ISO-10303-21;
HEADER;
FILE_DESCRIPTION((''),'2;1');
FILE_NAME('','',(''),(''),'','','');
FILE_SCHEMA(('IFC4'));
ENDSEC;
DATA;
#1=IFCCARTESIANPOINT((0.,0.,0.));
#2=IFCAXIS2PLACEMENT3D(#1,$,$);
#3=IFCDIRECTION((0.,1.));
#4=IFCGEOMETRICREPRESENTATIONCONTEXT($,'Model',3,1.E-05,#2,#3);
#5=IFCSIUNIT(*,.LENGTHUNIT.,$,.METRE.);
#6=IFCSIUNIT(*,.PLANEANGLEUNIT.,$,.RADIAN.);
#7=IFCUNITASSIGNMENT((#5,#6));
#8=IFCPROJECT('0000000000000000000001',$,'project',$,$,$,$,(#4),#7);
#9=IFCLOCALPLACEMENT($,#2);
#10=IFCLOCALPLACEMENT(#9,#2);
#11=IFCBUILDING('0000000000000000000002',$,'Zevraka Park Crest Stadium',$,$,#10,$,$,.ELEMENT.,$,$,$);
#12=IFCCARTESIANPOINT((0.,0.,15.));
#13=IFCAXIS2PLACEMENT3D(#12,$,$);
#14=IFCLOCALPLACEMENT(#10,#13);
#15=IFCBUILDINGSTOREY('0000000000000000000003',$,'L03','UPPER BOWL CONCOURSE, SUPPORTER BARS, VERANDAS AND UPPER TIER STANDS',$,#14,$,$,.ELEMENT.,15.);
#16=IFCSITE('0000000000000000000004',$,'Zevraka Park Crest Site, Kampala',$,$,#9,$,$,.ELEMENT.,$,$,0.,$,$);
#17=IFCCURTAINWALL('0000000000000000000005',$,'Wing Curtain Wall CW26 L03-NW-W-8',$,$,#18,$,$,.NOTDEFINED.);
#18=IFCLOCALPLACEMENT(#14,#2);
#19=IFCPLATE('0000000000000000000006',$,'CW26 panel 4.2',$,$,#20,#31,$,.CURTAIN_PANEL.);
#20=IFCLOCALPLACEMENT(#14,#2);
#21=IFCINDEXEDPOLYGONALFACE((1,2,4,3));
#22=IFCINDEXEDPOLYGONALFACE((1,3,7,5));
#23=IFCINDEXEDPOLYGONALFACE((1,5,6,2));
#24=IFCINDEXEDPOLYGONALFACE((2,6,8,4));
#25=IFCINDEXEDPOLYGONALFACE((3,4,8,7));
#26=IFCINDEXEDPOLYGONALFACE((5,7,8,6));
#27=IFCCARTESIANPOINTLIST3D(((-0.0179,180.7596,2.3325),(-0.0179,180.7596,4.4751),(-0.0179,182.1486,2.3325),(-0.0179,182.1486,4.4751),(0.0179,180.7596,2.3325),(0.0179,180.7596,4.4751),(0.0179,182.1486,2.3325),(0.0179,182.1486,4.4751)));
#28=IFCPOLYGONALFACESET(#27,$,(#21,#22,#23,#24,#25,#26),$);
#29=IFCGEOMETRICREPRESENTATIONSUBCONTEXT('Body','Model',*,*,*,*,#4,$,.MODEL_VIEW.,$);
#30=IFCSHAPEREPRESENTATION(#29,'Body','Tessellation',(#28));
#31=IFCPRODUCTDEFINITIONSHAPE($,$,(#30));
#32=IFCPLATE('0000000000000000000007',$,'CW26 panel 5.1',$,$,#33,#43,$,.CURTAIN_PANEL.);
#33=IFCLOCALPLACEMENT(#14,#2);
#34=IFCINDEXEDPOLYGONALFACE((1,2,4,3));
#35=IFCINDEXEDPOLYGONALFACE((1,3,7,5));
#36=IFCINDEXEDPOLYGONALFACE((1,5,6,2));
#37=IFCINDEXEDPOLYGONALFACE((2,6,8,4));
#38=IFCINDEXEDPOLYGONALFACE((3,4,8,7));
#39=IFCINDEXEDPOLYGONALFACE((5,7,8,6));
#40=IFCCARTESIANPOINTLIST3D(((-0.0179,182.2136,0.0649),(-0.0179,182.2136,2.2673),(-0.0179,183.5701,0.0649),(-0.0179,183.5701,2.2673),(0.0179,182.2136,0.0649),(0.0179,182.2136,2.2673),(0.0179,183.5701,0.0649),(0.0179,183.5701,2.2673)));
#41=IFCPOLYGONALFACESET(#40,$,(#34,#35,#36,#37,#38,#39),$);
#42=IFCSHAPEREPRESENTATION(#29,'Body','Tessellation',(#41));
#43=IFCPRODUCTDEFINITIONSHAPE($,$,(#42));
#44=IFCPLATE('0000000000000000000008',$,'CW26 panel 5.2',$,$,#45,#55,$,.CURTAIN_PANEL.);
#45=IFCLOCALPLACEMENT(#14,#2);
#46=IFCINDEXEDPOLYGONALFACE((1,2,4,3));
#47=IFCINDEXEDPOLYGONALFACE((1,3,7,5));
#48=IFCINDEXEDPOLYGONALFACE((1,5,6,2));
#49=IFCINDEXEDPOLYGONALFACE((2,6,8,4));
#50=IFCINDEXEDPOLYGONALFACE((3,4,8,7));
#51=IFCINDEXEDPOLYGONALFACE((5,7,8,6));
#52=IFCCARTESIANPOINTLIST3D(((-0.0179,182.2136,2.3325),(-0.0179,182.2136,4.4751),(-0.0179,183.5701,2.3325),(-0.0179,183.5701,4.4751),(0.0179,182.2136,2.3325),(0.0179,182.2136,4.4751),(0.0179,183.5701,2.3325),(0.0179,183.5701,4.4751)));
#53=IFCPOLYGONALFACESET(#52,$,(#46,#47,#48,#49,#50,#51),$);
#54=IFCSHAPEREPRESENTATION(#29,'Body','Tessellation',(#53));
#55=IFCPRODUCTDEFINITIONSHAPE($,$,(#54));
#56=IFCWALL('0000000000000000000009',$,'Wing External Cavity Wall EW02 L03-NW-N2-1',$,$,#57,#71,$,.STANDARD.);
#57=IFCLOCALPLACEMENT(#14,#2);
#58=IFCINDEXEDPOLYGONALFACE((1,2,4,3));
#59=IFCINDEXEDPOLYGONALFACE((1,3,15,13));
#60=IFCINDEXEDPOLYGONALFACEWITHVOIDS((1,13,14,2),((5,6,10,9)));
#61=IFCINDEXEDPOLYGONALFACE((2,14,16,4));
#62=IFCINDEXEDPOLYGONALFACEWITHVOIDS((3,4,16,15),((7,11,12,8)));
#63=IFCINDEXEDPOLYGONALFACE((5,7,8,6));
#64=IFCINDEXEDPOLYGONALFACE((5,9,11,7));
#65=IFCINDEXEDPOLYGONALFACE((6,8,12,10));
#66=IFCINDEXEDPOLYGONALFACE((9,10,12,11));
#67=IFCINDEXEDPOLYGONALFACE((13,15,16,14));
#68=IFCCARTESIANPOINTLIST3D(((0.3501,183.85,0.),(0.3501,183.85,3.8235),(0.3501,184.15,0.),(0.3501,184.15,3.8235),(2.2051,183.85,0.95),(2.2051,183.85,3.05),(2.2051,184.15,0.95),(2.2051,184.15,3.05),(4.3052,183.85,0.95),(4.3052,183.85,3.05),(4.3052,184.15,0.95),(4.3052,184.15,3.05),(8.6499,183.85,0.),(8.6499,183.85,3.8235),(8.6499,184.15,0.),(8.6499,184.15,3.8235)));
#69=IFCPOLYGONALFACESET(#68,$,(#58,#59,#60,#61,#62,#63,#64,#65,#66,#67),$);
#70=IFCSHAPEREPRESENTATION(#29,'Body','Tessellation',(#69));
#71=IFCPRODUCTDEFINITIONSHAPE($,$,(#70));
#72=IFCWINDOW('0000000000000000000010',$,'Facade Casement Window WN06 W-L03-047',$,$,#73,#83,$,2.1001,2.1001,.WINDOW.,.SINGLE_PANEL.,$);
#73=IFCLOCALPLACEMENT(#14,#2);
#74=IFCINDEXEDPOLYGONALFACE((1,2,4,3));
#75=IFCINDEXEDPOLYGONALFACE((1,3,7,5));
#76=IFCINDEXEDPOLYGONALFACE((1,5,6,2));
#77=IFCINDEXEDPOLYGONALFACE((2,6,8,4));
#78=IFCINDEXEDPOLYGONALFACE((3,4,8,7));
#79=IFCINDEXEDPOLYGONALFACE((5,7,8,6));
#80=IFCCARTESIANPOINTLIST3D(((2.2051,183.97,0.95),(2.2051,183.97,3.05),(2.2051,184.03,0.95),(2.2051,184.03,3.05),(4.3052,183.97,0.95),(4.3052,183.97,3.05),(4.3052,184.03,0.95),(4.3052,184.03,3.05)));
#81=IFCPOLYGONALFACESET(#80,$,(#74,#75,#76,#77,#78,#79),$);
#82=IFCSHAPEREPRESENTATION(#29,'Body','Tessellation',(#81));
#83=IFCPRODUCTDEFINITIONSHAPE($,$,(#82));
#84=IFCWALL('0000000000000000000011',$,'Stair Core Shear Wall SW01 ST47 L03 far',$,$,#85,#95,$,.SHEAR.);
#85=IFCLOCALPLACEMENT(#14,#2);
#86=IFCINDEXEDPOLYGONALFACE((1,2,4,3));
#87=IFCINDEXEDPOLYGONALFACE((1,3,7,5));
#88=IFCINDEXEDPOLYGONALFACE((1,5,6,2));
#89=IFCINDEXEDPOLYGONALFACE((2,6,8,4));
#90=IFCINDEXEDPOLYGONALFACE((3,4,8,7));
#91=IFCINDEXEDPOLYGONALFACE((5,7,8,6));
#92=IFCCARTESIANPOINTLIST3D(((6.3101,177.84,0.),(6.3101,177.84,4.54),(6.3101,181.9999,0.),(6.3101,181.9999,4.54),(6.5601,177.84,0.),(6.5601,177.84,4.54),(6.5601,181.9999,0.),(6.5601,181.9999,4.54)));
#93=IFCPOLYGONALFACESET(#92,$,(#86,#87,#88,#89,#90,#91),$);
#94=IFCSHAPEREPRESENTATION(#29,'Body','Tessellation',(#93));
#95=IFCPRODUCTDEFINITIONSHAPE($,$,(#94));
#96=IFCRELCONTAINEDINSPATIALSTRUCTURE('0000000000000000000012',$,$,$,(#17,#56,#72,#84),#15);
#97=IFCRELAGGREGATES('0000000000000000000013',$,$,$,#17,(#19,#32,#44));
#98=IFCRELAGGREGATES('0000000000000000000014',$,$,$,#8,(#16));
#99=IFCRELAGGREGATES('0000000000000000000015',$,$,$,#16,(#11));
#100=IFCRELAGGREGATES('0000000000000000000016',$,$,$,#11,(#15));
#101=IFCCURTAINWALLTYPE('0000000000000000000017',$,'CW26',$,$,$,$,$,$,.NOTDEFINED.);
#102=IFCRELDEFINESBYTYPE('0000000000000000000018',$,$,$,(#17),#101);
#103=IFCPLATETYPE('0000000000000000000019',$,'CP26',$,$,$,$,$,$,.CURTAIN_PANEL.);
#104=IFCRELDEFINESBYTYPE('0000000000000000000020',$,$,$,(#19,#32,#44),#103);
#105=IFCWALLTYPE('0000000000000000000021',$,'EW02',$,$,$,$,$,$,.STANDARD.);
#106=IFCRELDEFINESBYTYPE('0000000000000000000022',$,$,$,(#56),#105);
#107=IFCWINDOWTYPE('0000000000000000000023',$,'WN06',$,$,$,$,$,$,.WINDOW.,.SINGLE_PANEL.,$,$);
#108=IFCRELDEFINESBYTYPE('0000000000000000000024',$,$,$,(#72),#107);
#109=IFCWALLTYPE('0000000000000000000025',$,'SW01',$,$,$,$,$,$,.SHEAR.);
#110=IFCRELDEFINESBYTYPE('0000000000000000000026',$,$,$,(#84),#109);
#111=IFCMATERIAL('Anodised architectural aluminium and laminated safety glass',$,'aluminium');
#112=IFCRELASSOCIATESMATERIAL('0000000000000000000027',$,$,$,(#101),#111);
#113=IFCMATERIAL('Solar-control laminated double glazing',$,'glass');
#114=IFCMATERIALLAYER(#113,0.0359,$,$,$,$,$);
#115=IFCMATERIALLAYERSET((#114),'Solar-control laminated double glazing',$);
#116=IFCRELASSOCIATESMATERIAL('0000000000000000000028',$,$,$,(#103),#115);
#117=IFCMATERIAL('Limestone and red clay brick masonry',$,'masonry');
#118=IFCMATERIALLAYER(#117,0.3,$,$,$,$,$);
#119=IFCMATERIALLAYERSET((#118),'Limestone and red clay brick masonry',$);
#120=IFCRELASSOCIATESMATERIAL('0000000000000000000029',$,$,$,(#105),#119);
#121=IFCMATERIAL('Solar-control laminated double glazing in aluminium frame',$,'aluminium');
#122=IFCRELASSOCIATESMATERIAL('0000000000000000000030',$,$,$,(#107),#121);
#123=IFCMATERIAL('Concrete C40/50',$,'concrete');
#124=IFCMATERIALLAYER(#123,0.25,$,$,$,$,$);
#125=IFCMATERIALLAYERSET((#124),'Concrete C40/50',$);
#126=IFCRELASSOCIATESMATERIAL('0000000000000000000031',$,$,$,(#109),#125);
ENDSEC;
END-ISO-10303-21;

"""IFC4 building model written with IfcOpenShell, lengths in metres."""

from ifc_helpers import new_model, si_unit, direction, frame, frame_2d, origin, origin_2d, place, context, subcontext, project, spatial, rectangle, extrude, material, layer, layer_set, type_object, element, fill, aggregate, save


model = new_model("IFC4")

# Units and contexts
model_context = context("Model", 3, precision=1e-05, world=origin(), true_north=direction((0.0, 1.0)))
body_context = subcontext(model_context, "Body", "Model", "MODEL_VIEW")
ifc_project = project(units=[si_unit("LENGTHUNIT", "METRE"), si_unit("PLANEANGLEUNIT", "RADIAN")], contexts=[model_context])

# Site, building, storey
site_placement = place(None, origin())
site = spatial("IfcSite", under=ifc_project, at=site_placement, Name="Zevraka Park Crest Site, Kampala", CompositionType="ELEMENT", RefElevation=0.0)
building_placement = place(site_placement, origin())
building = spatial("IfcBuilding", under=site, at=building_placement, Name="Zevraka Park Crest Stadium", CompositionType="ELEMENT")
storey_placement = place(building_placement, frame((0.0, 0.0, 15.0)))
storey = spatial("IfcBuildingStorey", under=building, at=storey_placement, Name="L03", Description="UPPER BOWL CONCOURSE, SUPPORTER BARS, VERANDAS AND UPPER TIER STANDS", CompositionType="ELEMENT", Elevation=15.0)

# Curtain wall
ifc_material_1 = material(Name="Anodised architectural aluminium and laminated safety glass", Category="aluminium")
curtain_wall_type_1 = type_object("IfcCurtainWallType", Name="CW26", PredefinedType="NOTDEFINED", material=ifc_material_1)
curtain_wall_1_placement = place(storey_placement, origin())
curtain_wall_1 = element("IfcCurtainWall", 1, at=curtain_wall_1_placement, inside=storey, type_object=curtain_wall_type_1, Name="Wing Curtain Wall CW26 L03-NW-W-8", PredefinedType="NOTDEFINED")

# Plates
ifc_material_2 = material(Name="Solar-control laminated double glazing", Category="glass")
ifc_layer_1 = layer(ifc_material_2, 0.0359)
ifc_layer_set_1 = layer_set([ifc_layer_1], Name="Solar-control laminated double glazing")
plate_type = type_object("IfcPlateType", Name="CP26", PredefinedType="CURTAIN_PANEL", material=ifc_layer_set_1)
plate_1_placement = place(storey_placement, frame((0.0, 181.4541, 2.3325), z_axis=(0.0, 0.0, 1.0), x_axis=(0.0, 1.0, 0.0)))
plate_1 = element("IfcPlate", 2, at=plate_1_placement, type_object=plate_type, Name="CW26 panel 4.2", PredefinedType="CURTAIN_PANEL", context=body_context, shape_type="SweptSolid", body=[
    extrude(rectangle(XDim=1.3889, YDim=0.0359, at=origin_2d()), origin(), (0.0, 0.0, 1.0), 2.1426),
])
plate_2_placement = place(storey_placement, frame((0.0, 182.8918, 0.0649), z_axis=(0.0, 0.0, 1.0), x_axis=(0.0, 1.0, 0.0)))
plate_2 = element("IfcPlate", 3, at=plate_2_placement, type_object=plate_type, Name="CW26 panel 5.1", PredefinedType="CURTAIN_PANEL", context=body_context, shape_type="SweptSolid", body=[
    extrude(rectangle(XDim=1.3564, YDim=0.0359, at=origin_2d()), origin(), (0.0, 0.0, 1.0), 2.2024),
])
plate_3_placement = place(storey_placement, frame((0.0, 182.8918, 2.3325), z_axis=(0.0, 0.0, 1.0), x_axis=(0.0, 1.0, 0.0)))
plate_3 = element("IfcPlate", 4, at=plate_3_placement, type_object=plate_type, Name="CW26 panel 5.2", PredefinedType="CURTAIN_PANEL", context=body_context, shape_type="SweptSolid", body=[
    extrude(rectangle(XDim=1.3564, YDim=0.0359, at=origin_2d()), origin(), (0.0, 0.0, 1.0), 2.1426),
])
aggregate(curtain_wall_1, [plate_1, plate_2, plate_3])

# Wall, opening, window
ifc_material_3 = material(Name="Limestone and red clay brick masonry", Category="masonry")
ifc_layer_2 = layer(ifc_material_3, 0.3)
ifc_layer_set_2 = layer_set([ifc_layer_2], Name="Limestone and red clay brick masonry")
wall_type_1 = type_object("IfcWallType", Name="EW02", PredefinedType="STANDARD", material=ifc_layer_set_2)
wall_1_placement = place(storey_placement, frame((0.3501, 184.0, 0.0), z_axis=(0.0, 0.0, 1.0), x_axis=(1.0, 0.0, 0.0)))
wall_1 = element("IfcWall", 5, at=wall_1_placement, inside=storey, type_object=wall_type_1, Name="Wing External Cavity Wall EW02 L03-NW-N2-1", PredefinedType="STANDARD", context=body_context, shape_type="SweptSolid", body=[
    extrude(rectangle(XDim=8.2998, YDim=0.3, at=frame_2d((4.1499, 0.0))), origin(), (0.0, 0.0, 1.0), 3.8235),
])
opening_placement = place(wall_1_placement, frame((1.855, 0.0, 0.95)))
opening = element("IfcOpeningElement", 6, at=opening_placement, cuts=wall_1, PredefinedType="OPENING", context=body_context, shape_type="SweptSolid", body=[
    extrude(rectangle(XDim=2.1001, YDim=2.1001, at=frame_2d((1.05, 1.05))), frame((0.0, 0.1599, 0.0), z_axis=(0.0, -1.0, 0.0), x_axis=(1.0, 0.0, 0.0)), (0.0, 0.0, 1.0), 0.3201),
])
ifc_material_4 = material(Name="Solar-control laminated double glazing in aluminium frame", Category="aluminium")
window_type = type_object("IfcWindowType", Name="WN06", PartitioningType="SINGLE_PANEL", PredefinedType="WINDOW", material=ifc_material_4)
window_placement = place(opening_placement, origin())
window = element("IfcWindow", 7, at=window_placement, inside=storey, type_object=window_type, Name="Facade Casement Window WN06 W-L03-047", OverallHeight=2.1001, OverallWidth=2.1001, PartitioningType="SINGLE_PANEL", PredefinedType="WINDOW", context=body_context, shape_type="SweptSolid", body=[
    extrude(rectangle(XDim=2.1001, YDim=2.1001, at=frame_2d((1.05, 1.05))), frame((0.0, 0.03, 0.0), z_axis=(0.0, -1.0, 0.0), x_axis=(1.0, 0.0, 0.0)), (0.0, 0.0, 1.0), 0.0601),
])
fill(opening, window)

# Wall
ifc_material_5 = material(Name="Concrete C40/50", Category="concrete")
ifc_layer_3 = layer(ifc_material_5, 0.25)
ifc_layer_set_3 = layer_set([ifc_layer_3], Name="Concrete C40/50")
wall_type_2 = type_object("IfcWallType", Name="SW01", PredefinedType="SHEAR", material=ifc_layer_set_3)
wall_2_placement = place(storey_placement, frame((6.4351, 182.0, 0.0), z_axis=(0.0, 0.0, 1.0), x_axis=(0.0, -1.0, 0.0)))
element("IfcWall", 8, at=wall_2_placement, inside=storey, type_object=wall_type_2, Name="Stair Core Shear Wall SW01 ST47 L03 far", PredefinedType="SHEAR", context=body_context, shape_type="SweptSolid", body=[
    extrude(rectangle(XDim=4.1599, YDim=0.25, at=frame_2d((2.0801, 0.0))), origin(), (0.0, 0.0, 1.0), 4.54),
])

save(model, "model.ifc")
